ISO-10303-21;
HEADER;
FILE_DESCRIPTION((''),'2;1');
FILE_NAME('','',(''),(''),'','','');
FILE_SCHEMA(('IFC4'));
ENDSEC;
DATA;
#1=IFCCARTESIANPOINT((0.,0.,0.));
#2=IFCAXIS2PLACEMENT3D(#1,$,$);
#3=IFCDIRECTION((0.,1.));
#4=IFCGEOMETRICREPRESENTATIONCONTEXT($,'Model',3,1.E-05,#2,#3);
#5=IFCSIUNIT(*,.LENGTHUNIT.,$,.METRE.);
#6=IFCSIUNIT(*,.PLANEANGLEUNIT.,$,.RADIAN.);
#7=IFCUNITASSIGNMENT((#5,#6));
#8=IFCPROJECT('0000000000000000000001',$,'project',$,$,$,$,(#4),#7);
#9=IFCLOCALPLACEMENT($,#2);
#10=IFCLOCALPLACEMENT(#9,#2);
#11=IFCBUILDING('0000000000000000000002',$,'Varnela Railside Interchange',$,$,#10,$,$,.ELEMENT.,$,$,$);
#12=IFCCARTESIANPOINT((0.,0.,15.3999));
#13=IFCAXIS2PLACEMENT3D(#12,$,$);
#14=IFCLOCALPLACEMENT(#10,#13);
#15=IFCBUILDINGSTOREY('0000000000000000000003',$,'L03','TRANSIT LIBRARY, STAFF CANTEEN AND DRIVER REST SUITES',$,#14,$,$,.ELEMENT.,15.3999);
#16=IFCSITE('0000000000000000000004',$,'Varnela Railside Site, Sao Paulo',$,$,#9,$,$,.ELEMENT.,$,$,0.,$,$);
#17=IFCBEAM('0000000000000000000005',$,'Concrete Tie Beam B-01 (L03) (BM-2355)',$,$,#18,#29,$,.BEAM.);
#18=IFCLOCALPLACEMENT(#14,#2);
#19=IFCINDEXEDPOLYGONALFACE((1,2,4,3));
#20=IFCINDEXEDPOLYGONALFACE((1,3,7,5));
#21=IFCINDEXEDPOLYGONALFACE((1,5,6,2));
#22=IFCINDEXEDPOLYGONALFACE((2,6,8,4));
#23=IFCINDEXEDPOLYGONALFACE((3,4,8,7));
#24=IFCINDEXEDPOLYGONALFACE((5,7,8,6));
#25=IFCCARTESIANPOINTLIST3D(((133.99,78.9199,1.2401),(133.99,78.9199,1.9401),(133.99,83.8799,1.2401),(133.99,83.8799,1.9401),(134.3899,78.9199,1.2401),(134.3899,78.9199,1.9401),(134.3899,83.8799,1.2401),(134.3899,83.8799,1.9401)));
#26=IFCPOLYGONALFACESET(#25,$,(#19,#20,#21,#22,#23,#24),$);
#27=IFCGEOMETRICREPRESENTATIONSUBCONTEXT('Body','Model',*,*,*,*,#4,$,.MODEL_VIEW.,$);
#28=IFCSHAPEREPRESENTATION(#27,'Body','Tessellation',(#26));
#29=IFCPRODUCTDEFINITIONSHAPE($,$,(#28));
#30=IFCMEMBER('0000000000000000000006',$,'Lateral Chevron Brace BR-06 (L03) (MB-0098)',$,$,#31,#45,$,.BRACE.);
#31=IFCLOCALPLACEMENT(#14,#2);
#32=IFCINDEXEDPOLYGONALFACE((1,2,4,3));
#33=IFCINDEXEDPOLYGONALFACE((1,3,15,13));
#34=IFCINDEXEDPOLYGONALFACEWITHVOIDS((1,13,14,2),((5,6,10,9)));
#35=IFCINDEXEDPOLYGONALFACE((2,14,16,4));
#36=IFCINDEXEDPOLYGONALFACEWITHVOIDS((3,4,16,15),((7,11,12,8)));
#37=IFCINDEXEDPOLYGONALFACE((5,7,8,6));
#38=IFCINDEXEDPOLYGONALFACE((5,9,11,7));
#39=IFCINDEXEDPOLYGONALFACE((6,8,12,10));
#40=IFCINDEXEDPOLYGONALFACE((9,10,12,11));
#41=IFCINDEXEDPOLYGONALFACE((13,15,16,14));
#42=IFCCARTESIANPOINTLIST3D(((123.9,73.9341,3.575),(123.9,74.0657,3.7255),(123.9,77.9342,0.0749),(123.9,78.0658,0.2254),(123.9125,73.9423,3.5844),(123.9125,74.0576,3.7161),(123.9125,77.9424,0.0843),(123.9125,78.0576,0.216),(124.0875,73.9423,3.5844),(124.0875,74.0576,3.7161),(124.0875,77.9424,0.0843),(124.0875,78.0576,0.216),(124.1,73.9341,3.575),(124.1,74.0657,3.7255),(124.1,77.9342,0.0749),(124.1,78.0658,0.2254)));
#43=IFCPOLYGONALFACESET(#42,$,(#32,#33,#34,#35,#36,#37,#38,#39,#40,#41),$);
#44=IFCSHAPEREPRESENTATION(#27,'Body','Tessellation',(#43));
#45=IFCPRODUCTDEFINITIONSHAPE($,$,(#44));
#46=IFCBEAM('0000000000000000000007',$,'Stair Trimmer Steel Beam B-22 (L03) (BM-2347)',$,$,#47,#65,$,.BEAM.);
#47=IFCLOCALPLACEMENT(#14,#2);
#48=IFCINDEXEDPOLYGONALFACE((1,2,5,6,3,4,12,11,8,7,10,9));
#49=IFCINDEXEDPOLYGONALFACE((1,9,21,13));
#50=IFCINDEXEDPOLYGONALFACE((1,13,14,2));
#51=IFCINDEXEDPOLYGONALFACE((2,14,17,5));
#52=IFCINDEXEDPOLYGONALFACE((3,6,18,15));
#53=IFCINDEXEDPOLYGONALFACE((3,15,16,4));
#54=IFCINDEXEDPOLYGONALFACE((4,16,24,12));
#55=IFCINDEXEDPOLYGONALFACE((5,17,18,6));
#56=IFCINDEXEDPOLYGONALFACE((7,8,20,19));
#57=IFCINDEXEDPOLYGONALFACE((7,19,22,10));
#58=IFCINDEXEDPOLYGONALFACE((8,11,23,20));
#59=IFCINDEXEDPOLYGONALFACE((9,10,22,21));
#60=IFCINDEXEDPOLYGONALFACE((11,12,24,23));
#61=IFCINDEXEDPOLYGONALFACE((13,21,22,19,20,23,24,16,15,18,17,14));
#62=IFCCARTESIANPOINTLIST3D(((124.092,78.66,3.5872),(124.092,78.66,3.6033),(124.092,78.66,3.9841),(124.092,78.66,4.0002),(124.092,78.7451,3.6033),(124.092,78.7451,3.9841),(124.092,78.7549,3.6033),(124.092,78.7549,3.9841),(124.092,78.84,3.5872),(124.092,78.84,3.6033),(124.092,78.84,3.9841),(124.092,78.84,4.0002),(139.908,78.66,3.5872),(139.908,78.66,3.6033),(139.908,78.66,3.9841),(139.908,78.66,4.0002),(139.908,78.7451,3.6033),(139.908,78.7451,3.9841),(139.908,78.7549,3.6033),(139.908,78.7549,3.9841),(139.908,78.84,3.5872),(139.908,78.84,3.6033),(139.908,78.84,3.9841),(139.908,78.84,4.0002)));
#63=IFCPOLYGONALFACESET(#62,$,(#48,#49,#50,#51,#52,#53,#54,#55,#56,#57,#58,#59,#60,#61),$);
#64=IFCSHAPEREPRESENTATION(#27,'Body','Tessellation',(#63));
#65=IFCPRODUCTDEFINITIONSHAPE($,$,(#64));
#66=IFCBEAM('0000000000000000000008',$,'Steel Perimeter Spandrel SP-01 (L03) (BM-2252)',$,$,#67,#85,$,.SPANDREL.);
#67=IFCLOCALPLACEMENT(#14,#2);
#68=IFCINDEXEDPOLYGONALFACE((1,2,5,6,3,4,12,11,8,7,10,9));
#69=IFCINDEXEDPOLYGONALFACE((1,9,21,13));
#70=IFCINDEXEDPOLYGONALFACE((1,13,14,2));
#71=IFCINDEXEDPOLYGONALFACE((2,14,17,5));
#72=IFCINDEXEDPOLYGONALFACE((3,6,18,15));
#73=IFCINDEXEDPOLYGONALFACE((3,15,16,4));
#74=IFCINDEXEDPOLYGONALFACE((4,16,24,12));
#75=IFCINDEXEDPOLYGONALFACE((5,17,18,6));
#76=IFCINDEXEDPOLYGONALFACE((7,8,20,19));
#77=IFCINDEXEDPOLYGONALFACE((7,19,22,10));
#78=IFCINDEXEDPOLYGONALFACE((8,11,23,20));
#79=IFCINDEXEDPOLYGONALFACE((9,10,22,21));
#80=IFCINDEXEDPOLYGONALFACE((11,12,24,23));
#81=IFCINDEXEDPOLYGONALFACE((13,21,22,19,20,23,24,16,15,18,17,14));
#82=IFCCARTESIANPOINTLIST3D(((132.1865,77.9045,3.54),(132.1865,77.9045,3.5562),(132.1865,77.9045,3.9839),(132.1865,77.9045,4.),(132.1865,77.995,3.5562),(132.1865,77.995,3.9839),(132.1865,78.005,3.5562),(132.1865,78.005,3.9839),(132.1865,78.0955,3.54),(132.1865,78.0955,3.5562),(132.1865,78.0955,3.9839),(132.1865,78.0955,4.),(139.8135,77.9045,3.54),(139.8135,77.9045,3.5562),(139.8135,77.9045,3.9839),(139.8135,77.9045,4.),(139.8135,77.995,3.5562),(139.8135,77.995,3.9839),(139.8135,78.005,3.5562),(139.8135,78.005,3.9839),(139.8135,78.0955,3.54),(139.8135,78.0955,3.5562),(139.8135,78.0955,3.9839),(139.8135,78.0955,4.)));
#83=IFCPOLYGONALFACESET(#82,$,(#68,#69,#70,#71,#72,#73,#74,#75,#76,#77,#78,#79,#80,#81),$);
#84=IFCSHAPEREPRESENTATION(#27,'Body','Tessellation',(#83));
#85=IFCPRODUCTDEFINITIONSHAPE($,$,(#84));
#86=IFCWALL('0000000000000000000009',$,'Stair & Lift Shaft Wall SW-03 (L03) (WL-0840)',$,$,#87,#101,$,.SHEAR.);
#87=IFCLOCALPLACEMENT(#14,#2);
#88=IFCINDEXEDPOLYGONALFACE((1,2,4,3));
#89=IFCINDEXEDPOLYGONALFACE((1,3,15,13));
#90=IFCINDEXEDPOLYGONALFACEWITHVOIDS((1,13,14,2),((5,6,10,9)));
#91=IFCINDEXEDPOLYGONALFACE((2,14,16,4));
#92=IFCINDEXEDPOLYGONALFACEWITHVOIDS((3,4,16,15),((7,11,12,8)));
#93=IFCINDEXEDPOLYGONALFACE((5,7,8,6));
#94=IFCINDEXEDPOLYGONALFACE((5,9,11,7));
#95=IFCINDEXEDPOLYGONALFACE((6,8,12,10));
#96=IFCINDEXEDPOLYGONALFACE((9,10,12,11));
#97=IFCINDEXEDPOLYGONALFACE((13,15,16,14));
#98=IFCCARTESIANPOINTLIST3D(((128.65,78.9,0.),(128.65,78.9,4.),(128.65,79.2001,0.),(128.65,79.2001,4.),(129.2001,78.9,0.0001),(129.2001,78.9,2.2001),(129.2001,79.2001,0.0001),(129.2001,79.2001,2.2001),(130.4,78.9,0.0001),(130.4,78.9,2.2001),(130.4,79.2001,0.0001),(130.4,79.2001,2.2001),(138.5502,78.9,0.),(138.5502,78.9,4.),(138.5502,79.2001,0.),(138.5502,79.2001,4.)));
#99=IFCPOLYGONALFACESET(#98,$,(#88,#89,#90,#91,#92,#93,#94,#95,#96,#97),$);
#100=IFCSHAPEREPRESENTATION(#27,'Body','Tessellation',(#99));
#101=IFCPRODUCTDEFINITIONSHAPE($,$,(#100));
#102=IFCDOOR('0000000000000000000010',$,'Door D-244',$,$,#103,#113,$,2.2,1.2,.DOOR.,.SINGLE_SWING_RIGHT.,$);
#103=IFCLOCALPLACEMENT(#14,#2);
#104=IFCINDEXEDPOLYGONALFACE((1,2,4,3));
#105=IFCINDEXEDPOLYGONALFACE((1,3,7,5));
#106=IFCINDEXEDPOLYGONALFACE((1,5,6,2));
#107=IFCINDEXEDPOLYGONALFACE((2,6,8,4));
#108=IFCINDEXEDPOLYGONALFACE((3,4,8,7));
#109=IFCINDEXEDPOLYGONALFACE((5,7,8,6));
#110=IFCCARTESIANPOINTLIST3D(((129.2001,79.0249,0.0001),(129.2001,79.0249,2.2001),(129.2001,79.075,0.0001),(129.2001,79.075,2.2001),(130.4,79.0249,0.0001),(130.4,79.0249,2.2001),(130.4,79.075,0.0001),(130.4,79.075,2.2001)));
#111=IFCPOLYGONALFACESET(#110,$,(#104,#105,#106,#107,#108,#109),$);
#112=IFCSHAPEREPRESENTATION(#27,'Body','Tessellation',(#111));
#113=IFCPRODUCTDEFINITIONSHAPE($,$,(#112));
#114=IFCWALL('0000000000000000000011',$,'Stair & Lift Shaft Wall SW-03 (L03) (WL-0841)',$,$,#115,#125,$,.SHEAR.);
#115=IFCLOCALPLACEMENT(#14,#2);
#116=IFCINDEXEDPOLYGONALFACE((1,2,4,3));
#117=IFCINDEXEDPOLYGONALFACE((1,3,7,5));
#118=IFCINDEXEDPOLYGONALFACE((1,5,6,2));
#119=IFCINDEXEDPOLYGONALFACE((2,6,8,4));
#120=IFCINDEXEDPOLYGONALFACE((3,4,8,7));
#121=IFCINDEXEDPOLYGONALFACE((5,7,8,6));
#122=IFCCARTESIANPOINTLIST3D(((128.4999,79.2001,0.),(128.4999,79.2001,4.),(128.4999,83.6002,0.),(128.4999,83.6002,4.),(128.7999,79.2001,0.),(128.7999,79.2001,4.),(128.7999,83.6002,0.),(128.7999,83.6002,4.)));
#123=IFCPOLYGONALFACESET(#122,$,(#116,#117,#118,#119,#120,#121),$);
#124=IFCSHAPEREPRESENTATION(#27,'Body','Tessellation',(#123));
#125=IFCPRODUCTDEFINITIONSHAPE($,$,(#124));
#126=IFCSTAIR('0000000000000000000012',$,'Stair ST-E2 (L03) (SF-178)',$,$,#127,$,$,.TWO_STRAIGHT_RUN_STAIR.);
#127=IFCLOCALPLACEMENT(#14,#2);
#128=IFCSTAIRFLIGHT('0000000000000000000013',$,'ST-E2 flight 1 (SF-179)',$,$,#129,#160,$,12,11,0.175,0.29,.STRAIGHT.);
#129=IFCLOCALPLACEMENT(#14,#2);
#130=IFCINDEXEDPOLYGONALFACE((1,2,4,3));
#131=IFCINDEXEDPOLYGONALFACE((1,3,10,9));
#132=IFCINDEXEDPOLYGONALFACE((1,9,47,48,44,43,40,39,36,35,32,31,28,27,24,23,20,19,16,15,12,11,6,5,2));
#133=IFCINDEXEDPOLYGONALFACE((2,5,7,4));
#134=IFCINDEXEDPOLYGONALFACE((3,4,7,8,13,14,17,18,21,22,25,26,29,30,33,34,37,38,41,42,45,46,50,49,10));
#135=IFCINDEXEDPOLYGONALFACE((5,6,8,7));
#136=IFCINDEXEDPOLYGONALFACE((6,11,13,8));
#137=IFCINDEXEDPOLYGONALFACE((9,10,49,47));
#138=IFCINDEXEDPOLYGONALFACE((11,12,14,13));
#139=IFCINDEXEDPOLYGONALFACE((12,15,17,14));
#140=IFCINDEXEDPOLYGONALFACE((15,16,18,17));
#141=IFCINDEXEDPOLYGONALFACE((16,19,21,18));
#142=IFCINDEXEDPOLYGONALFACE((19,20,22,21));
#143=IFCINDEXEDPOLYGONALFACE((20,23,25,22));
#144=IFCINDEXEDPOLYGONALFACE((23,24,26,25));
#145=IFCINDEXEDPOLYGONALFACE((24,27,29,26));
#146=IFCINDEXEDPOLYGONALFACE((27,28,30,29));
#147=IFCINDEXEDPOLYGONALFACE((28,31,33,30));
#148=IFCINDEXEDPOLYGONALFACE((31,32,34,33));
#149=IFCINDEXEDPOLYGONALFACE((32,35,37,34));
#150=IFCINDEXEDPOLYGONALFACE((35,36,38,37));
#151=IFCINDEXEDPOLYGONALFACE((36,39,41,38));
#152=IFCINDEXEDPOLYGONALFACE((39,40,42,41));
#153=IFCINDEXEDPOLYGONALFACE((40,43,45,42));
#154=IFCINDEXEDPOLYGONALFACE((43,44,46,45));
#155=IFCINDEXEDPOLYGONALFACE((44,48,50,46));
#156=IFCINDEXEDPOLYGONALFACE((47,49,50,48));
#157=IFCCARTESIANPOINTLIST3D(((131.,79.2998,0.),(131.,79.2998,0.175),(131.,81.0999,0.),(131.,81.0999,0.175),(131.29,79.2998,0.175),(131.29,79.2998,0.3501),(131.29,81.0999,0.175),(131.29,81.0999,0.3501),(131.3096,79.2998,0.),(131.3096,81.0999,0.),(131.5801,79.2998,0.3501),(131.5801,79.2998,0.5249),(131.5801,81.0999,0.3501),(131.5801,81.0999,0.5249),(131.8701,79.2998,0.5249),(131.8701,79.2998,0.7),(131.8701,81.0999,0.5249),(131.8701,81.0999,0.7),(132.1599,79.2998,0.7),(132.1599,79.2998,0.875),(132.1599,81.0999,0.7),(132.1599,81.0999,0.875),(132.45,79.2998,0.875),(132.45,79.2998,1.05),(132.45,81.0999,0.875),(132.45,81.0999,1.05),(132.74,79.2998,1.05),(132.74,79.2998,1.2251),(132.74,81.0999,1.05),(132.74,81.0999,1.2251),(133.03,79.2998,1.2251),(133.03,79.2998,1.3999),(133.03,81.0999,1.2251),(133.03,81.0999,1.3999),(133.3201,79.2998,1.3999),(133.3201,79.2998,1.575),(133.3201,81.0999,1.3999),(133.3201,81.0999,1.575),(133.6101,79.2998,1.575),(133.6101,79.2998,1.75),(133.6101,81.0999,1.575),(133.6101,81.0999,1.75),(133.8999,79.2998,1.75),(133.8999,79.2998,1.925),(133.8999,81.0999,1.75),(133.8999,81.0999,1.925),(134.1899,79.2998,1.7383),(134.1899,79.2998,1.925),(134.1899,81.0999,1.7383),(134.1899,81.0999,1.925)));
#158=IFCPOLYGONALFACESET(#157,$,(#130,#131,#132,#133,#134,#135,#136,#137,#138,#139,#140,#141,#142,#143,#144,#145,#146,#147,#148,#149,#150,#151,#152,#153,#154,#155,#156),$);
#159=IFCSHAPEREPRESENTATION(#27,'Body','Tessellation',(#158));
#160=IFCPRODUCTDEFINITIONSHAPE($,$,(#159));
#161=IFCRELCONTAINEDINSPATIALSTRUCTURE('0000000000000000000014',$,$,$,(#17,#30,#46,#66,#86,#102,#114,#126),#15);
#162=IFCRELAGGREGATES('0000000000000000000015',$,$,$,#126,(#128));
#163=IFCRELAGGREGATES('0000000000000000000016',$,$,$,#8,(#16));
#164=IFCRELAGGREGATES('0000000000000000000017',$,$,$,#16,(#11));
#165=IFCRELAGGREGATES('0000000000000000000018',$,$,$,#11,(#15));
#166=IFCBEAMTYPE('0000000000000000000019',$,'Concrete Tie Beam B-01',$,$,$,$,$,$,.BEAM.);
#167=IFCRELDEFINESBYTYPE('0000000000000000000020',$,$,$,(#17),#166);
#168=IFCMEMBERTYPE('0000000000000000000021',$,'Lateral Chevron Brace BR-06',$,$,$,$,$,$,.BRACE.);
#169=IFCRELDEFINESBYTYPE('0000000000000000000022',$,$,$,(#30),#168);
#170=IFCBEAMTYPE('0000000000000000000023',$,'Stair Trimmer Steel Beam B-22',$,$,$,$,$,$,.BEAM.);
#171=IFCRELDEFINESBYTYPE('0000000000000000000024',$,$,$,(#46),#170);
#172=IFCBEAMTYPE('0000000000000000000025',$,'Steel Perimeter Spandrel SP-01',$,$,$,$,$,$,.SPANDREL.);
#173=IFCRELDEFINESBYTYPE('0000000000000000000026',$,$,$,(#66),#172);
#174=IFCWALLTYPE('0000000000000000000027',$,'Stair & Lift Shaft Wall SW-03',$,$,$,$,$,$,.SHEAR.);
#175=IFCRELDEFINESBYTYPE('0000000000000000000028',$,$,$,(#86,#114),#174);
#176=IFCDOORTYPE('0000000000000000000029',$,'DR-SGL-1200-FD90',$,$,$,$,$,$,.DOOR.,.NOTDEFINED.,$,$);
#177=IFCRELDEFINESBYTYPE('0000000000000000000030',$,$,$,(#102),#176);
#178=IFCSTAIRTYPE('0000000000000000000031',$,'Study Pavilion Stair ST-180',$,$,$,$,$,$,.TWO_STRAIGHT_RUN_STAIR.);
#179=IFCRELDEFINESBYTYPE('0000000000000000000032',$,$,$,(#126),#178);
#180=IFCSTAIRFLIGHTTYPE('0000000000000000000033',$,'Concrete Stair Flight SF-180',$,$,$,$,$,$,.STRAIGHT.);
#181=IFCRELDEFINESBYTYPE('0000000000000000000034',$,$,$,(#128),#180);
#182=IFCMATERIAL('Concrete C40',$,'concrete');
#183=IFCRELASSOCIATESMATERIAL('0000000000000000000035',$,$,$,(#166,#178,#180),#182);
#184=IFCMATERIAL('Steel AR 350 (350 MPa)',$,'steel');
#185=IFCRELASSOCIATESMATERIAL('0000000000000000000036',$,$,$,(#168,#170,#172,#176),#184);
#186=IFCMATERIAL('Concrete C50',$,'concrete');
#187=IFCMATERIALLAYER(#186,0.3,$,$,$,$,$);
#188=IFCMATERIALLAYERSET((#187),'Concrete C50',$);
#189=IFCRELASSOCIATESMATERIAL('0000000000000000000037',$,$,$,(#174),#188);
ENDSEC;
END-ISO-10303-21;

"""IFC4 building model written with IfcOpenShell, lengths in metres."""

from ifc_helpers import new_model, si_unit, direction, frame, frame_2d, origin, origin_2d, place, context, subcontext, project, spatial, polyline, rectangle, hollow_rectangle, i_section, outline, extrude, material, layer, layer_set, material_profile, profile_set, type_object, element, fill, aggregate, save


model = new_model("IFC4")

# Units and contexts
model_context = context("Model", 3, precision=1e-05, world=origin(), true_north=direction((0.0, 1.0)))
body_context = subcontext(model_context, "Body", "Model", "MODEL_VIEW")
ifc_project = project(units=[si_unit("LENGTHUNIT", "METRE"), si_unit("PLANEANGLEUNIT", "RADIAN")], contexts=[model_context])

# Site, building, storey
site_placement = place(None, origin())
site = spatial("IfcSite", under=ifc_project, at=site_placement, Name="Varnela Railside Site, Sao Paulo", CompositionType="ELEMENT", RefElevation=0.0)
building_placement = place(site_placement, origin())
building = spatial("IfcBuilding", under=site, at=building_placement, Name="Varnela Railside Interchange", CompositionType="ELEMENT")
storey_placement = place(building_placement, frame((0.0, 0.0, 15.3999)))
storey = spatial("IfcBuildingStorey", under=building, at=storey_placement, Name="L03", Description="TRANSIT LIBRARY, STAFF CANTEEN AND DRIVER REST SUITES", CompositionType="ELEMENT", Elevation=15.3999)

# Shared definitions
ifc_material_1 = material(Name="Steel AR 350 (350 MPa)", Category="steel")

# Beam
ifc_material_2 = material(Name="Concrete C40", Category="concrete")
ifc_material_profile_1 = material_profile(ifc_material_2, rectangle(XDim=0.3999, YDim=0.7, at=origin_2d()), Name="RC 400x700")
ifc_profile_set_1 = profile_set([ifc_material_profile_1], Name="Concrete C40")
beam_type_1 = type_object("IfcBeamType", Name="Concrete Tie Beam B-01", PredefinedType="BEAM", material=ifc_profile_set_1)
for number, where, z_axis, x_axis, name in (
    (1, (134.1899, 78.9199, 1.5901), (0.0, 1.0, 0.0), (-1.0, 0.0, 0.0), "Concrete Tie Beam B-01 (L03) (BM-2355)"),
):
    element("IfcBeam", number, at=place(storey_placement, frame(where, z_axis=z_axis, x_axis=x_axis)), inside=storey, type_object=beam_type_1, Name=name, PredefinedType="BEAM", context=body_context, shape_type="SweptSolid", body=[
        extrude(rectangle(XDim=0.3999, YDim=0.7, at=origin_2d()), origin(), (0.0, 0.0, 1.0), 4.96),
    ])

# Member
ifc_material_profile_2 = material_profile(ifc_material_1, hollow_rectangle(XDim=0.2, YDim=0.2, WallThickness=0.0125, at=origin_2d()), Name="HSS 200x200x12.5")
ifc_profile_set_2 = profile_set([ifc_material_profile_2], Name="Steel AR 350 (350 MPa)")
member_type = type_object("IfcMemberType", Name="Lateral Chevron Brace BR-06", PredefinedType="BRACE", material=ifc_profile_set_2)
member_placement = place(storey_placement, frame((124.0, 78.0, 0.1501), z_axis=(0.0, -0.752577, 0.658505), x_axis=(1.0, 0.0, 0.0)))
element("IfcMember", 2, at=member_placement, inside=storey, type_object=member_type, Name="Lateral Chevron Brace BR-06 (L03) (MB-0098)", PredefinedType="BRACE", context=body_context, shape_type="SweptSolid", body=[
    extrude(hollow_rectangle(XDim=0.2, YDim=0.2, WallThickness=0.0125, at=origin_2d()), origin(), (0.0, 0.0, 1.0), 5.3152),
])

# Beams
ifc_material_profile_3 = material_profile(ifc_material_1, i_section(OverallWidth=0.1799, OverallDepth=0.4131, WebThickness=0.0098, FlangeThickness=0.0161, at=origin_2d()), Name="W410x75")
ifc_profile_set_3 = profile_set([ifc_material_profile_3], Name="Steel AR 350 (350 MPa)")
beam_type_2 = type_object("IfcBeamType", Name="Stair Trimmer Steel Beam B-22", PredefinedType="BEAM", material=ifc_profile_set_3)
beam_1_placement = place(storey_placement, frame((124.092, 78.75, 3.7937), z_axis=(1.0, 0.0, 0.0), x_axis=(0.0, 1.0, 0.0)))
element("IfcBeam", 3, at=beam_1_placement, inside=storey, type_object=beam_type_2, Name="Stair Trimmer Steel Beam B-22 (L03) (BM-2347)", PredefinedType="BEAM", context=body_context, shape_type="SweptSolid", body=[
    extrude(i_section(OverallWidth=0.1799, OverallDepth=0.4131, WebThickness=0.0098, FlangeThickness=0.0161, at=origin_2d()), origin(), (0.0, 0.0, 1.0), 15.8159),
])
ifc_material_profile_4 = material_profile(ifc_material_1, i_section(OverallWidth=0.1909, OverallDepth=0.46, WebThickness=0.01, FlangeThickness=0.0161, at=origin_2d()), Name="W460x82")
ifc_profile_set_4 = profile_set([ifc_material_profile_4], Name="Steel AR 350 (350 MPa)")
beam_type_3 = type_object("IfcBeamType", Name="Steel Perimeter Spandrel SP-01", PredefinedType="SPANDREL", material=ifc_profile_set_4)
beam_2_placement = place(storey_placement, frame((132.1865, 78.0, 3.77), z_axis=(1.0, 0.0, 0.0), x_axis=(0.0, 1.0, 0.0)))
element("IfcBeam", 4, at=beam_2_placement, inside=storey, type_object=beam_type_3, Name="Steel Perimeter Spandrel SP-01 (L03) (BM-2252)", PredefinedType="SPANDREL", context=body_context, shape_type="SweptSolid", body=[
    extrude(i_section(OverallWidth=0.1909, OverallDepth=0.46, WebThickness=0.01, FlangeThickness=0.0161, at=origin_2d()), origin(), (0.0, 0.0, 1.0), 7.627),
])

# Wall, opening, door
ifc_material_3 = material(Name="Concrete C50", Category="concrete")
ifc_layer = layer(ifc_material_3, 0.3)
ifc_layer_set = layer_set([ifc_layer], Name="Concrete C50")
wall_type = type_object("IfcWallType", Name="Stair & Lift Shaft Wall SW-03", PredefinedType="SHEAR", material=ifc_layer_set)
wall_1_placement = place(storey_placement, frame((128.6499, 79.05, 0.0), z_axis=(0.0, 0.0, 1.0), x_axis=(1.0, 0.0, 0.0)))
wall_1 = element("IfcWall", 5, at=wall_1_placement, inside=storey, type_object=wall_type, Name="Stair & Lift Shaft Wall SW-03 (L03) (WL-0840)", PredefinedType="SHEAR", context=body_context, shape_type="SweptSolid", body=[
    extrude(rectangle(XDim=9.9001, YDim=0.3, at=frame_2d((4.9502, 0.0))), origin(), (0.0, 0.0, 1.0), 4.0),
])
opening_placement = place(wall_1_placement, frame((0.55, 0.0, 0.0)))
opening = element("IfcOpeningElement", 6, at=opening_placement, cuts=wall_1, PredefinedType="OPENING", context=body_context, shape_type="SweptSolid", body=[
    extrude(rectangle(XDim=1.2, YDim=2.2, at=frame_2d((0.6001, 1.1001))), frame((0.0, 0.1599, 0.0), z_axis=(0.0, -1.0, 0.0), x_axis=(1.0, 0.0, 0.0)), (0.0, 0.0, 1.0), 0.3201),
])
door_type = type_object("IfcDoorType", Name="DR-SGL-1200-FD90", OperationType="NOTDEFINED", PredefinedType="DOOR", material=ifc_material_1)
door_placement = place(opening_placement, origin())
door = element("IfcDoor", 7, at=door_placement, inside=storey, type_object=door_type, Name="Door D-244", OperationType="SINGLE_SWING_RIGHT", OverallHeight=2.2, OverallWidth=1.2, PredefinedType="DOOR", context=body_context, shape_type="SweptSolid", body=[
    extrude(rectangle(XDim=1.2, YDim=2.2, at=frame_2d((0.6001, 1.1001))), frame((0.0, 0.0249, 0.0), z_axis=(0.0, -1.0, 0.0), x_axis=(1.0, 0.0, 0.0)), (0.0, 0.0, 1.0), 0.05),
])
fill(opening, door)

# Wall
wall_2_placement = place(storey_placement, frame((128.6499, 79.2, 0.0), z_axis=(0.0, 0.0, 1.0), x_axis=(0.0, 1.0, 0.0)))
element("IfcWall", 8, at=wall_2_placement, inside=storey, type_object=wall_type, Name="Stair & Lift Shaft Wall SW-03 (L03) (WL-0841)", PredefinedType="SHEAR", context=body_context, shape_type="SweptSolid", body=[
    extrude(rectangle(XDim=4.4001, YDim=0.3, at=frame_2d((2.2002, 0.0))), origin(), (0.0, 0.0, 1.0), 4.0),
])

# Stair, stair flight
stair_type = type_object("IfcStairType", Name="Study Pavilion Stair ST-180", PredefinedType="TWO_STRAIGHT_RUN_STAIR", material=ifc_material_2)
stair_placement = place(storey_placement, origin())
stair = element("IfcStair", 9, at=stair_placement, inside=storey, type_object=stair_type, Name="Stair ST-E2 (L03) (SF-178)", PredefinedType="TWO_STRAIGHT_RUN_STAIR")
stair_flight_type = type_object("IfcStairFlightType", Name="Concrete Stair Flight SF-180", PredefinedType="STRAIGHT", material=ifc_material_2)
stair_flight_1_placement = place(storey_placement, frame((131.0, 80.2, 0.0), z_axis=(0.0, 0.0, 1.0), x_axis=(1.0, 0.0, 0.0)))
stair_flight_1 = element("IfcStairFlight", 10, at=stair_flight_1_placement, type_object=stair_flight_type, Name="ST-E2 flight 1 (SF-179)", NumberOfRisers=12, NumberOfTreads=11, PredefinedType="STRAIGHT", RiserHeight=0.175, TreadLength=0.29, context=body_context, shape_type="SweptSolid", body=[
    extrude(outline(polyline([(0.0, 0.0), (0.0, 0.175), (0.29, 0.175), (0.29, 0.3501), (0.5801, 0.3501), (0.5801, 0.5249), (0.8701, 0.5249), (0.8701, 0.7), (1.1599, 0.7), (1.1599, 0.875), (1.45, 0.875), (1.45, 1.05), (1.74, 1.05), (1.74, 1.2251), (2.03, 1.2251), (2.03, 1.3999), (2.3201, 1.3999), (2.3201, 1.575), (2.6101, 1.575), (2.6101, 1.75), (2.8999, 1.75), (2.8999, 1.925), (3.1899, 1.925), (3.1899, 2.1001), (3.1899, 1.7383), (0.3096, 0.0), (0.0, 0.0)])), frame((0.0, 0.8999, 0.0), z_axis=(0.0, -1.0, 0.0), x_axis=(1.0, 0.0, 0.0)), (0.0, 0.0, 1.0), 1.8),
])
aggregate(stair, [stair_flight_1])

save(model, "model.ifc")
